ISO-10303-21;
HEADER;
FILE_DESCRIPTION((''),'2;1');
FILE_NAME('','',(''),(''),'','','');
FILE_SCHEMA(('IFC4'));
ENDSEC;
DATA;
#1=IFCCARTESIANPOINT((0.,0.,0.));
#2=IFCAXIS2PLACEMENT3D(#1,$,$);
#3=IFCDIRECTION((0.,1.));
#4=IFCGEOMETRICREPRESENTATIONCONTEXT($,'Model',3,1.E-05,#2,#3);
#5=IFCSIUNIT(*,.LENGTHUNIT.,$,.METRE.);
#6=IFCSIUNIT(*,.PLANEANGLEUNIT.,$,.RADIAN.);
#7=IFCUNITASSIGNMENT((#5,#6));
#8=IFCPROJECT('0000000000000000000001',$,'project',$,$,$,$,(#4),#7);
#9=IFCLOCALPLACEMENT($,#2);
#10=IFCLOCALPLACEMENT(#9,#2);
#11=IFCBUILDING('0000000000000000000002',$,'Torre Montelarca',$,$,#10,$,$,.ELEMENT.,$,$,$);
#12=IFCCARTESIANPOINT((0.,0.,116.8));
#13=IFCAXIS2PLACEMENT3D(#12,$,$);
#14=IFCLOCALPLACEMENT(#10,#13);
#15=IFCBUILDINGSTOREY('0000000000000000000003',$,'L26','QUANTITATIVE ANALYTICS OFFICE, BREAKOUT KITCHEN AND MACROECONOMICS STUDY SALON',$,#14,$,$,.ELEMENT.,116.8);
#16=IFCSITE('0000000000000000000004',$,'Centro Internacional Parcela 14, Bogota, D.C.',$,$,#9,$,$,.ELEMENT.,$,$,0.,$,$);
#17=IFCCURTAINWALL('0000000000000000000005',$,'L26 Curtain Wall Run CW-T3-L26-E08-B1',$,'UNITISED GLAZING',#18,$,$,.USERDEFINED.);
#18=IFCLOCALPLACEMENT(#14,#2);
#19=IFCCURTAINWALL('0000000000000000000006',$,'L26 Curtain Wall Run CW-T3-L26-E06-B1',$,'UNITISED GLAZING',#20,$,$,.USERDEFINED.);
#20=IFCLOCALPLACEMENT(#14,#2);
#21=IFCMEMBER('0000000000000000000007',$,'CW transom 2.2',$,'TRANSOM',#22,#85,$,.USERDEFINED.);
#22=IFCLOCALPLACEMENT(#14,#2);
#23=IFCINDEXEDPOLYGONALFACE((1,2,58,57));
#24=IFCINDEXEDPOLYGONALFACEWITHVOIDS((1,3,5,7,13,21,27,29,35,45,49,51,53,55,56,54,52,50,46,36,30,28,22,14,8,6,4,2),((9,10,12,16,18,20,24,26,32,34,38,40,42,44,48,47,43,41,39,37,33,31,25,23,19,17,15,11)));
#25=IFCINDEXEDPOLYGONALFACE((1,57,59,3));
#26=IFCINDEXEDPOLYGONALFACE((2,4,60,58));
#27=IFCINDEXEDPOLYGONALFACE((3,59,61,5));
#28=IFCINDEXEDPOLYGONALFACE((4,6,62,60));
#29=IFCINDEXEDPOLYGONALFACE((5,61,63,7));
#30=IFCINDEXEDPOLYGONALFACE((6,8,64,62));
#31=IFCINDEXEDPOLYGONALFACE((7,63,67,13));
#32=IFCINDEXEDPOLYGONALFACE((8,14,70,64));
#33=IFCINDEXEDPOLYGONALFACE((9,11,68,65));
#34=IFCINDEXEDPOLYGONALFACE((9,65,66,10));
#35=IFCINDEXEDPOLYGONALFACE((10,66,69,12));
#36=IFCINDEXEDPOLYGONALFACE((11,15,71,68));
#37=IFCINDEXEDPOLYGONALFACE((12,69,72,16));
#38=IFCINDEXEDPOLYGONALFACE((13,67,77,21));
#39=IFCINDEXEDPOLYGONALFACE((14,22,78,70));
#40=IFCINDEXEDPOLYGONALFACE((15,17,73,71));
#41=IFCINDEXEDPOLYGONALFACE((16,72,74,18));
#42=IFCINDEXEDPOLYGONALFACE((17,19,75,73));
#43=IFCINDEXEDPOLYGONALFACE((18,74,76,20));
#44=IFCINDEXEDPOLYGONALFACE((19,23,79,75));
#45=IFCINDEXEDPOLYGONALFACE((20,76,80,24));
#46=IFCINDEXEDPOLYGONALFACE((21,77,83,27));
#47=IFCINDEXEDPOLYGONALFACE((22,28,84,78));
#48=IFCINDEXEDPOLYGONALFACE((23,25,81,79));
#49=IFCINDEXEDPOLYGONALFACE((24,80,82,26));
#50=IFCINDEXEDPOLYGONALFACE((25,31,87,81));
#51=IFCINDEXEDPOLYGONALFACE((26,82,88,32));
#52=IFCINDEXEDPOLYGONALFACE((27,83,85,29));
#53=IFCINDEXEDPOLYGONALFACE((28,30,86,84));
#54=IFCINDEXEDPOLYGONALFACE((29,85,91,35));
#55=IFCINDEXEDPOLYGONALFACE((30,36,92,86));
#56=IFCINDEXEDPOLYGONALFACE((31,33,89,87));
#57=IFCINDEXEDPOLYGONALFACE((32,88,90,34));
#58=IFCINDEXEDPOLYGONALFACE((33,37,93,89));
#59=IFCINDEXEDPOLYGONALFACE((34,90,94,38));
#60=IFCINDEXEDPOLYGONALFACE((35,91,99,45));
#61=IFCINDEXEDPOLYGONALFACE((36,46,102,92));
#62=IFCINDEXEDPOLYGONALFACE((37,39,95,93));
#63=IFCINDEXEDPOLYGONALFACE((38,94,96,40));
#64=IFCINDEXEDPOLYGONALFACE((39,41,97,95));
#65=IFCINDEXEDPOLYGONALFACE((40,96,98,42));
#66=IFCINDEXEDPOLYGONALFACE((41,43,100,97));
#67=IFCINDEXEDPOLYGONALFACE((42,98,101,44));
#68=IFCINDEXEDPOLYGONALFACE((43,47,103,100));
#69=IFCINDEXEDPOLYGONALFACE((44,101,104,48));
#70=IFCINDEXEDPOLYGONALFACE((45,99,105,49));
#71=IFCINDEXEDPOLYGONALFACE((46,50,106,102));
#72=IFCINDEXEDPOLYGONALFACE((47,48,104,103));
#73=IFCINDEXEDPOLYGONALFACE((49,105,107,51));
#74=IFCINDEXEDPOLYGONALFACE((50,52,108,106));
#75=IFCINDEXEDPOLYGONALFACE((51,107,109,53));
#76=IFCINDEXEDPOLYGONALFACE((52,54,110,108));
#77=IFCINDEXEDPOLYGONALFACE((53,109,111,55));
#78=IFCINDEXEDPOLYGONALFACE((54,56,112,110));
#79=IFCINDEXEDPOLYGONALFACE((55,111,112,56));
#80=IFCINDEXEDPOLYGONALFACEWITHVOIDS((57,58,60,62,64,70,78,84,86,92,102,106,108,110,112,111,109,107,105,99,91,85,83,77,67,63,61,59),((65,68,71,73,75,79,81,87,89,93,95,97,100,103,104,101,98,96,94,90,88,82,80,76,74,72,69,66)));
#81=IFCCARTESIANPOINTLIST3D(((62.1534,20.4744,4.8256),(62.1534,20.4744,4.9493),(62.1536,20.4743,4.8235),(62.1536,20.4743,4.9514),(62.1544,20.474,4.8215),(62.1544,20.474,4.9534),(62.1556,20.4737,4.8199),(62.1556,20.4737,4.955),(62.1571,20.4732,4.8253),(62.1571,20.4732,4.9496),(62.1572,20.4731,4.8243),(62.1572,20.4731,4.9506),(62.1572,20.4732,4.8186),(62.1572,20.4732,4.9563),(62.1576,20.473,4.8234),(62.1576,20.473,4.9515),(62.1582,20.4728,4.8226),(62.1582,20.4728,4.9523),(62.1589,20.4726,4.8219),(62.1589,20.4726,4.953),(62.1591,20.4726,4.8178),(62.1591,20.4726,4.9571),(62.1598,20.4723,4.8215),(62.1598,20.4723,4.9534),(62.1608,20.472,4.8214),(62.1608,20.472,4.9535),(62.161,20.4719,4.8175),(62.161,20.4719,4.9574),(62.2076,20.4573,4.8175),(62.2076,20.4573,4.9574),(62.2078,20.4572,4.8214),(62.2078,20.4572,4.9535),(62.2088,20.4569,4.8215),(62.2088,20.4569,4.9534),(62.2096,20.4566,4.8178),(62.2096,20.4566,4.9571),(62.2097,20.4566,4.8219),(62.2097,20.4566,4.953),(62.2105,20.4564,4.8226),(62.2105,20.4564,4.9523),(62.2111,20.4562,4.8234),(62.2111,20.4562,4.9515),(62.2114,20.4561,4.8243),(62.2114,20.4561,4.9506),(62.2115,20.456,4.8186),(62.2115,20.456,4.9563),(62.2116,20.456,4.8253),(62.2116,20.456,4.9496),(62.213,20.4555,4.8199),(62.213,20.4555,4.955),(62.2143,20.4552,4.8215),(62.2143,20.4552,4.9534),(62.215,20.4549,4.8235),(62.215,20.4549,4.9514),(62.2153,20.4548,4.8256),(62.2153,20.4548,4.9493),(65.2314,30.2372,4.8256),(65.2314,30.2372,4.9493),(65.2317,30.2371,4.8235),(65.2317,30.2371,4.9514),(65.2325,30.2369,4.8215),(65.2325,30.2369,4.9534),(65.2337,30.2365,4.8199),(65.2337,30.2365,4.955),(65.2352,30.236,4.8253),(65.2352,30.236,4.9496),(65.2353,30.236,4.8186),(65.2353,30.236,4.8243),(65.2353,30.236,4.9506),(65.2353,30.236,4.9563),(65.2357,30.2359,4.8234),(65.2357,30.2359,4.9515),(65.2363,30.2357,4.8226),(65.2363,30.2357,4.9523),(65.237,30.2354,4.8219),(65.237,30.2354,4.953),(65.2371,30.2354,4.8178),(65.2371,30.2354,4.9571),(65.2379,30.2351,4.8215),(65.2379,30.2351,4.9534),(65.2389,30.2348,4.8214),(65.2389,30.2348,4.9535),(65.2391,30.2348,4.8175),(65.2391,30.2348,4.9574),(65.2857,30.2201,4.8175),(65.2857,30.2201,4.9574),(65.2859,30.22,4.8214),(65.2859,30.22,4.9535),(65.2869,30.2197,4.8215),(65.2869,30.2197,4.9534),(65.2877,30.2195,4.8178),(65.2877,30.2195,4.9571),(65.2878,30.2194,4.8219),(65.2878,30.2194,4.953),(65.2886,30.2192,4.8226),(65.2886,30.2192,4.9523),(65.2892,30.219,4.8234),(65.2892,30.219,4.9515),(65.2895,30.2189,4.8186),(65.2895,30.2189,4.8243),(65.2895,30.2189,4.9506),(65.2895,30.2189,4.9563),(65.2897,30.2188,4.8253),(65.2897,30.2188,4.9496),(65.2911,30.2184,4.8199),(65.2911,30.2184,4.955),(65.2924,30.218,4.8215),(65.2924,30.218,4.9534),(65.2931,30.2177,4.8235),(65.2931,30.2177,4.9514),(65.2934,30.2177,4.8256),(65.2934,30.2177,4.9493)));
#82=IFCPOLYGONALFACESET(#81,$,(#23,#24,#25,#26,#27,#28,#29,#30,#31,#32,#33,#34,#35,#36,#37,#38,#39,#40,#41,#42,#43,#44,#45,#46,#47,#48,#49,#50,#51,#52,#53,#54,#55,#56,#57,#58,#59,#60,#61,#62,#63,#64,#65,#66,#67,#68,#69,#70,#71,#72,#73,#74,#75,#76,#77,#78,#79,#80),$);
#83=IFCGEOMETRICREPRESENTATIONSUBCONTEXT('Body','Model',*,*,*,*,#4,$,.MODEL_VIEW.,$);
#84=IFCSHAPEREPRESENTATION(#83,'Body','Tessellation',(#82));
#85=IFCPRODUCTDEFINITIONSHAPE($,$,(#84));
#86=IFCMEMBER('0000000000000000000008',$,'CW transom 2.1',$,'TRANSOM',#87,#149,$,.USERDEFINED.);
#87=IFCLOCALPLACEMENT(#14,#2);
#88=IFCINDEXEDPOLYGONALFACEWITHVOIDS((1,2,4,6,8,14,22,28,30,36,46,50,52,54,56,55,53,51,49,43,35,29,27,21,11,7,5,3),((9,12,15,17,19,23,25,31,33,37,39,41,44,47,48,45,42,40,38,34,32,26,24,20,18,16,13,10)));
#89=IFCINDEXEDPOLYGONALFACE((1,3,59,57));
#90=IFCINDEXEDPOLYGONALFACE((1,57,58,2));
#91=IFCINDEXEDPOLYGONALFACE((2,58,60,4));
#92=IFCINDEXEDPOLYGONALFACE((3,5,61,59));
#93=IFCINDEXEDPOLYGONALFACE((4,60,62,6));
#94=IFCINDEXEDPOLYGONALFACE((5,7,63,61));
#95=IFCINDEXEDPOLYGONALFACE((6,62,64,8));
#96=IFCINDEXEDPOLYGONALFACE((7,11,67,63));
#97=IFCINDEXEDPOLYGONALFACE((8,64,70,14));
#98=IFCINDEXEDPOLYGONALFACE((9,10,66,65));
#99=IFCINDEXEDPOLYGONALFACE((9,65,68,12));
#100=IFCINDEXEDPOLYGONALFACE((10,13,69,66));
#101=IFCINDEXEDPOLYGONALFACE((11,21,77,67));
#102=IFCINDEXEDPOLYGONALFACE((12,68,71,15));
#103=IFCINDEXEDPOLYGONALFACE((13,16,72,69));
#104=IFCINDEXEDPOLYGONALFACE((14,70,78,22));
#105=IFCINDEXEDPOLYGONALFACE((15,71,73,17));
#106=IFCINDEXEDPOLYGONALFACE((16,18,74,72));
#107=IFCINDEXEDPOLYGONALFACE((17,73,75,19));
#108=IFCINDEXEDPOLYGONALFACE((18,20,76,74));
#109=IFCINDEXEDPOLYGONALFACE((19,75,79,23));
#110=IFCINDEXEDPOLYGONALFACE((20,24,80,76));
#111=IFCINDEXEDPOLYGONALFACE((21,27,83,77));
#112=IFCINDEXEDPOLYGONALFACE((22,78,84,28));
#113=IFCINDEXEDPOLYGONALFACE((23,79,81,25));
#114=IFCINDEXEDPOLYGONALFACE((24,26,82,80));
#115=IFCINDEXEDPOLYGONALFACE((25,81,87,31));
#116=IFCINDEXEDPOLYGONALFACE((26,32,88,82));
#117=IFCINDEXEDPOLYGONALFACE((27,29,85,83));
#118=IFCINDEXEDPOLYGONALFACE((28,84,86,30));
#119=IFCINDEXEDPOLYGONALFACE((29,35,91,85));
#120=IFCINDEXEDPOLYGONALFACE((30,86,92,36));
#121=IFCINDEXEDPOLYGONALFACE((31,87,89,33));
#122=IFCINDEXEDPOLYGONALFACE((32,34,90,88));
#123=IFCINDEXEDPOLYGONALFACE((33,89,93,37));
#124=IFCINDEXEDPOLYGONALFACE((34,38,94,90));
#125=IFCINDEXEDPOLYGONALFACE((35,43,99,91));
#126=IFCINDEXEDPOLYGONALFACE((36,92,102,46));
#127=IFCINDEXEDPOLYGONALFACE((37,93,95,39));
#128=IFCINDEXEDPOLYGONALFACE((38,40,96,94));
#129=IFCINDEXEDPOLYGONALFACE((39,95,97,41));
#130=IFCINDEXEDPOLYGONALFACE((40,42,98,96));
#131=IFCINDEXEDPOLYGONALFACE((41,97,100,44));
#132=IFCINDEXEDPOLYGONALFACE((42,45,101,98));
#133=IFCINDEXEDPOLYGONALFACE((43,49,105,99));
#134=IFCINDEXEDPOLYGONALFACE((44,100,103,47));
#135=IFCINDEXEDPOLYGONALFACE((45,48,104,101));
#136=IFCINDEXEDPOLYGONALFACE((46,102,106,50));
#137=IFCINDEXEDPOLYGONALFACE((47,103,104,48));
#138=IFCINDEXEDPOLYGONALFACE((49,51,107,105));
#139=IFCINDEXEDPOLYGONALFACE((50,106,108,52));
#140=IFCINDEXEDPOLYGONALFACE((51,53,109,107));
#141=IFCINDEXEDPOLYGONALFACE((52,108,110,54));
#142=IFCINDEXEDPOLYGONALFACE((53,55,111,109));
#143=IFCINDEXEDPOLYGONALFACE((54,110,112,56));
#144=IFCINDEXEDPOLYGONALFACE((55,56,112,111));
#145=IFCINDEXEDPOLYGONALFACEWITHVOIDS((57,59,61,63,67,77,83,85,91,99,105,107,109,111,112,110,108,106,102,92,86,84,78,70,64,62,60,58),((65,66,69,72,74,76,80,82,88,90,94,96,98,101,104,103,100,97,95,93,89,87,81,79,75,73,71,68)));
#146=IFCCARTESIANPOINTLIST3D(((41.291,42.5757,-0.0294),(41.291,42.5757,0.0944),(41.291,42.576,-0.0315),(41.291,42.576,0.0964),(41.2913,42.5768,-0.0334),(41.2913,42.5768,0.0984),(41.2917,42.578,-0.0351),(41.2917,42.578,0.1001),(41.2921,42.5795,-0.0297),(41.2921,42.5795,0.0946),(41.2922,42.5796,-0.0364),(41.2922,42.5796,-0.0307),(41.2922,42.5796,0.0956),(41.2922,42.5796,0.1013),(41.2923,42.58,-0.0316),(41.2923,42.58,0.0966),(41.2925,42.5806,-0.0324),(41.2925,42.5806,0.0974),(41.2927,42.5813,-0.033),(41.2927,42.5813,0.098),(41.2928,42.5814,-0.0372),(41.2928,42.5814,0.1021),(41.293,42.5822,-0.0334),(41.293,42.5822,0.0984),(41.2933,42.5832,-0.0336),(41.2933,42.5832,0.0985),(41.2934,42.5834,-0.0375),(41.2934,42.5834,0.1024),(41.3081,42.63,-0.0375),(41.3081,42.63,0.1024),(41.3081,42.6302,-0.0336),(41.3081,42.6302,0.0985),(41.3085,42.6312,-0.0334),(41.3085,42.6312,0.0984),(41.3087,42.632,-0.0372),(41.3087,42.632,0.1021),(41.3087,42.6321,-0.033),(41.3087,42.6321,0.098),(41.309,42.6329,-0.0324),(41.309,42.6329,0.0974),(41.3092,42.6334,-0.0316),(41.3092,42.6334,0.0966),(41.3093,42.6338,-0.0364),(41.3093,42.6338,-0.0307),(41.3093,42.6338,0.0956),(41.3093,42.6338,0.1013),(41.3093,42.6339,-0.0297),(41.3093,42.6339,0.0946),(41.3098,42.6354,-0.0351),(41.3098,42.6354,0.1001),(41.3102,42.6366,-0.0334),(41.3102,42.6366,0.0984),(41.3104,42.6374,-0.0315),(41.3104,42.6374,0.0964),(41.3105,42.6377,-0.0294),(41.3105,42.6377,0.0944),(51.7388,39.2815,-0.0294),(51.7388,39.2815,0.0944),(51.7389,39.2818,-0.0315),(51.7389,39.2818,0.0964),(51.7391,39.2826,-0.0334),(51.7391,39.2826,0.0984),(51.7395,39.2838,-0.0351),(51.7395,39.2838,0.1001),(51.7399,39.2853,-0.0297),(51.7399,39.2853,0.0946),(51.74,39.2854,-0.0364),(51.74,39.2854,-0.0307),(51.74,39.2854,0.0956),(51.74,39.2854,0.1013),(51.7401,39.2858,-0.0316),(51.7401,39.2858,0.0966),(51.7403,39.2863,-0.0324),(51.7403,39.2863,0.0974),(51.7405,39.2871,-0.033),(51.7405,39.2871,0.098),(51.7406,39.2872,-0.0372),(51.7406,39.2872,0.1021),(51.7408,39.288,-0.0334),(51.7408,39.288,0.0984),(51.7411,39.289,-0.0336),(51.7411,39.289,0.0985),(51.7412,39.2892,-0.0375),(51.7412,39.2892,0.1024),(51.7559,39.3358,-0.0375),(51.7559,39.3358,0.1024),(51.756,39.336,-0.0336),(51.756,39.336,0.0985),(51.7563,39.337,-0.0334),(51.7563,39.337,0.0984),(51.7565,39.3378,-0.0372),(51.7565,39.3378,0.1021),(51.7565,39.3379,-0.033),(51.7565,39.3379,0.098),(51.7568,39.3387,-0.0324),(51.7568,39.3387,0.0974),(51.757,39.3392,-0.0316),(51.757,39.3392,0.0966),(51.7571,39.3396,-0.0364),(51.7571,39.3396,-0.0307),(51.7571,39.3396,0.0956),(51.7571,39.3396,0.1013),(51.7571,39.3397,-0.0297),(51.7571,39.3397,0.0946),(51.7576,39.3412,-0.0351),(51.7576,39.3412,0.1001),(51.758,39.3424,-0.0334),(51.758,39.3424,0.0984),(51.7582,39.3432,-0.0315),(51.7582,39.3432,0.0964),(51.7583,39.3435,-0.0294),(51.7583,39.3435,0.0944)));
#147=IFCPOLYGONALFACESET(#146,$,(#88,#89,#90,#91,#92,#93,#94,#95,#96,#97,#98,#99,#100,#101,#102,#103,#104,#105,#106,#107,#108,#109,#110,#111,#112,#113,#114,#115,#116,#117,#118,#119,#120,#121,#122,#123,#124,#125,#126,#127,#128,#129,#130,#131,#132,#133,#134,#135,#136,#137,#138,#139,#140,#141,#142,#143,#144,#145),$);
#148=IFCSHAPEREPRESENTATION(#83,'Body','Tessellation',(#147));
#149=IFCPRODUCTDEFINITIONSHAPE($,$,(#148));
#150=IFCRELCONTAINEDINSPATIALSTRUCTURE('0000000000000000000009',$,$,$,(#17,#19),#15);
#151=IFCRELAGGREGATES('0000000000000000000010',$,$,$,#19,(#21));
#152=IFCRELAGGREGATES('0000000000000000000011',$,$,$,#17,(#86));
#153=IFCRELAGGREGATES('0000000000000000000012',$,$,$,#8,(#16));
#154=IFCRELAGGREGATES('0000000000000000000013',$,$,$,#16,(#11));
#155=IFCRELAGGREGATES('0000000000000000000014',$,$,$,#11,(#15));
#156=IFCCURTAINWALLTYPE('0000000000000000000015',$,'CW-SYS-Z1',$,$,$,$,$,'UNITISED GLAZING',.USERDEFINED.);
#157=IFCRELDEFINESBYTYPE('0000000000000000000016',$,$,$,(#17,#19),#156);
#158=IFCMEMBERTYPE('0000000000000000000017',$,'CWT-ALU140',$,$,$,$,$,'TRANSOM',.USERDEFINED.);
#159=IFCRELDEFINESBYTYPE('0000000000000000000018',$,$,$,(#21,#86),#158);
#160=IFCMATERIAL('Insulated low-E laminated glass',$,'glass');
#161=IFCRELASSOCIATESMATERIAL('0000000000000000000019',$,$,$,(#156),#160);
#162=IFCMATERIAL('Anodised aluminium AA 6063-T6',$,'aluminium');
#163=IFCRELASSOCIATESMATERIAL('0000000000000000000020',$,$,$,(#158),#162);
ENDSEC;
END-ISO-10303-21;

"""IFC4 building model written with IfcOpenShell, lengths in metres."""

from ifc_helpers import new_model, si_unit, direction, frame, origin, origin_2d, place, context, subcontext, project, spatial, hollow_rectangle, extrude, source, transform, mapped, material, material_profile, profile_set, type_object, element, aggregate, save


model = new_model("IFC4")

# Units and contexts
model_context = context("Model", 3, precision=1e-05, world=origin(), true_north=direction((0.0, 1.0)))
body_context = subcontext(model_context, "Body", "Model", "MODEL_VIEW")
ifc_project = project(units=[si_unit("LENGTHUNIT", "METRE"), si_unit("PLANEANGLEUNIT", "RADIAN")], contexts=[model_context])

# Site, building, storey
site_placement = place(None, origin())
site = spatial("IfcSite", under=ifc_project, at=site_placement, Name="Centro Internacional Parcela 14, Bogota, D.C.", CompositionType="ELEMENT", RefElevation=0.0)
building_placement = place(site_placement, origin())
building = spatial("IfcBuilding", under=site, at=building_placement, Name="Torre Montelarca", CompositionType="ELEMENT")
storey_placement = place(building_placement, frame((0.0, 0.0, 116.8)))
storey = spatial("IfcBuildingStorey", under=building, at=storey_placement, Name="L26", Description="QUANTITATIVE ANALYTICS OFFICE, BREAKOUT KITCHEN AND MACROECONOMICS STUDY SALON", CompositionType="ELEMENT", Elevation=116.8)

# Curtain wall
ifc_material_1 = material(Name="Insulated low-E laminated glass", Category="glass")
curtain_wall_type = type_object("IfcCurtainWallType", Name="CW-SYS-Z1", ElementType="UNITISED GLAZING", PredefinedType="USERDEFINED", material=ifc_material_1)
ifc_material_2 = material(Name="Anodised aluminium AA 6063-T6", Category="aluminium")
ifc_material_profile_1 = material_profile(ifc_material_2, hollow_rectangle(XDim=0.0649, YDim=0.1399, WallThickness=0.0039, InnerFilletRadius=0.0039, OuterFilletRadius=0.0081, at=origin_2d()), Name="ALU65X140X4", Category="aluminium")
ifc_profile_set_1 = profile_set([ifc_material_profile_1], Name="Anodised aluminium AA 6063-T6")
member_type_1 = type_object("IfcMemberType", Name="CWT-ALU140", ElementType="TRANSOM", PredefinedType="USERDEFINED", material=ifc_profile_set_1)
curtain_wall_1_placement = place(storey_placement, origin())
curtain_wall_1 = element("IfcCurtainWall", 1, at=curtain_wall_1_placement, inside=storey, type_object=curtain_wall_type, Name="L26 Curtain Wall Run CW-T3-L26-E08-B1", ObjectType="UNITISED GLAZING", PredefinedType="USERDEFINED")

# Curtain wall, member
curtain_wall_2_placement = place(storey_placement, origin())
curtain_wall_2 = element("IfcCurtainWall", 2, at=curtain_wall_2_placement, inside=storey, type_object=curtain_wall_type, Name="L26 Curtain Wall Run CW-T3-L26-E06-B1", ObjectType="UNITISED GLAZING", PredefinedType="USERDEFINED")
shared_shape_1 = source(origin(), body_context, "Body", "SweptSolid", [
    extrude(hollow_rectangle(XDim=0.0649, YDim=0.1399, WallThickness=0.0039, InnerFilletRadius=0.0039, OuterFilletRadius=0.0081, at=origin_2d()), origin(), (0.0, 0.0, 1.0), 10.2366),
])
member_1_placement = place(storey_placement, frame((62.1843, 20.4646, 4.8875), z_axis=(0.300695, 0.95372, 0.0), x_axis=(-0.95372, 0.300695, 0.0)))
member_1 = element("IfcMember", 3, at=member_1_placement, type_object=member_type_1, Name="CW transom 2.2", ObjectType="TRANSOM", PredefinedType="USERDEFINED", context=body_context, shape_type="MappedRepresentation", body=[
    mapped(shared_shape_1, transform((0.0, 0.0, 0.0), scale=1.0)),
])

# Member
shared_shape_2 = source(origin(), body_context, "Body", "SweptSolid", [
    extrude(hollow_rectangle(XDim=0.0649, YDim=0.1399, WallThickness=0.0039, InnerFilletRadius=0.0039, OuterFilletRadius=0.0081, at=origin_2d()), origin(), (0.0, 0.0, 1.0), 10.9548),
])
member_2_placement = place(storey_placement, frame((51.7485, 39.3125, 0.0325), z_axis=(-0.953716, 0.300708, 0.0), x_axis=(-0.300708, -0.953716, 0.0)))
member_2 = element("IfcMember", 4, at=member_2_placement, type_object=member_type_1, Name="CW transom 2.1", ObjectType="TRANSOM", PredefinedType="USERDEFINED", context=body_context, shape_type="MappedRepresentation", body=[
    mapped(shared_shape_2, transform((0.0, 0.0, 0.0), scale=1.0)),
])

aggregate(curtain_wall_2, [member_1])
aggregate(curtain_wall_1, [member_2])

save(model, "model.ifc")
